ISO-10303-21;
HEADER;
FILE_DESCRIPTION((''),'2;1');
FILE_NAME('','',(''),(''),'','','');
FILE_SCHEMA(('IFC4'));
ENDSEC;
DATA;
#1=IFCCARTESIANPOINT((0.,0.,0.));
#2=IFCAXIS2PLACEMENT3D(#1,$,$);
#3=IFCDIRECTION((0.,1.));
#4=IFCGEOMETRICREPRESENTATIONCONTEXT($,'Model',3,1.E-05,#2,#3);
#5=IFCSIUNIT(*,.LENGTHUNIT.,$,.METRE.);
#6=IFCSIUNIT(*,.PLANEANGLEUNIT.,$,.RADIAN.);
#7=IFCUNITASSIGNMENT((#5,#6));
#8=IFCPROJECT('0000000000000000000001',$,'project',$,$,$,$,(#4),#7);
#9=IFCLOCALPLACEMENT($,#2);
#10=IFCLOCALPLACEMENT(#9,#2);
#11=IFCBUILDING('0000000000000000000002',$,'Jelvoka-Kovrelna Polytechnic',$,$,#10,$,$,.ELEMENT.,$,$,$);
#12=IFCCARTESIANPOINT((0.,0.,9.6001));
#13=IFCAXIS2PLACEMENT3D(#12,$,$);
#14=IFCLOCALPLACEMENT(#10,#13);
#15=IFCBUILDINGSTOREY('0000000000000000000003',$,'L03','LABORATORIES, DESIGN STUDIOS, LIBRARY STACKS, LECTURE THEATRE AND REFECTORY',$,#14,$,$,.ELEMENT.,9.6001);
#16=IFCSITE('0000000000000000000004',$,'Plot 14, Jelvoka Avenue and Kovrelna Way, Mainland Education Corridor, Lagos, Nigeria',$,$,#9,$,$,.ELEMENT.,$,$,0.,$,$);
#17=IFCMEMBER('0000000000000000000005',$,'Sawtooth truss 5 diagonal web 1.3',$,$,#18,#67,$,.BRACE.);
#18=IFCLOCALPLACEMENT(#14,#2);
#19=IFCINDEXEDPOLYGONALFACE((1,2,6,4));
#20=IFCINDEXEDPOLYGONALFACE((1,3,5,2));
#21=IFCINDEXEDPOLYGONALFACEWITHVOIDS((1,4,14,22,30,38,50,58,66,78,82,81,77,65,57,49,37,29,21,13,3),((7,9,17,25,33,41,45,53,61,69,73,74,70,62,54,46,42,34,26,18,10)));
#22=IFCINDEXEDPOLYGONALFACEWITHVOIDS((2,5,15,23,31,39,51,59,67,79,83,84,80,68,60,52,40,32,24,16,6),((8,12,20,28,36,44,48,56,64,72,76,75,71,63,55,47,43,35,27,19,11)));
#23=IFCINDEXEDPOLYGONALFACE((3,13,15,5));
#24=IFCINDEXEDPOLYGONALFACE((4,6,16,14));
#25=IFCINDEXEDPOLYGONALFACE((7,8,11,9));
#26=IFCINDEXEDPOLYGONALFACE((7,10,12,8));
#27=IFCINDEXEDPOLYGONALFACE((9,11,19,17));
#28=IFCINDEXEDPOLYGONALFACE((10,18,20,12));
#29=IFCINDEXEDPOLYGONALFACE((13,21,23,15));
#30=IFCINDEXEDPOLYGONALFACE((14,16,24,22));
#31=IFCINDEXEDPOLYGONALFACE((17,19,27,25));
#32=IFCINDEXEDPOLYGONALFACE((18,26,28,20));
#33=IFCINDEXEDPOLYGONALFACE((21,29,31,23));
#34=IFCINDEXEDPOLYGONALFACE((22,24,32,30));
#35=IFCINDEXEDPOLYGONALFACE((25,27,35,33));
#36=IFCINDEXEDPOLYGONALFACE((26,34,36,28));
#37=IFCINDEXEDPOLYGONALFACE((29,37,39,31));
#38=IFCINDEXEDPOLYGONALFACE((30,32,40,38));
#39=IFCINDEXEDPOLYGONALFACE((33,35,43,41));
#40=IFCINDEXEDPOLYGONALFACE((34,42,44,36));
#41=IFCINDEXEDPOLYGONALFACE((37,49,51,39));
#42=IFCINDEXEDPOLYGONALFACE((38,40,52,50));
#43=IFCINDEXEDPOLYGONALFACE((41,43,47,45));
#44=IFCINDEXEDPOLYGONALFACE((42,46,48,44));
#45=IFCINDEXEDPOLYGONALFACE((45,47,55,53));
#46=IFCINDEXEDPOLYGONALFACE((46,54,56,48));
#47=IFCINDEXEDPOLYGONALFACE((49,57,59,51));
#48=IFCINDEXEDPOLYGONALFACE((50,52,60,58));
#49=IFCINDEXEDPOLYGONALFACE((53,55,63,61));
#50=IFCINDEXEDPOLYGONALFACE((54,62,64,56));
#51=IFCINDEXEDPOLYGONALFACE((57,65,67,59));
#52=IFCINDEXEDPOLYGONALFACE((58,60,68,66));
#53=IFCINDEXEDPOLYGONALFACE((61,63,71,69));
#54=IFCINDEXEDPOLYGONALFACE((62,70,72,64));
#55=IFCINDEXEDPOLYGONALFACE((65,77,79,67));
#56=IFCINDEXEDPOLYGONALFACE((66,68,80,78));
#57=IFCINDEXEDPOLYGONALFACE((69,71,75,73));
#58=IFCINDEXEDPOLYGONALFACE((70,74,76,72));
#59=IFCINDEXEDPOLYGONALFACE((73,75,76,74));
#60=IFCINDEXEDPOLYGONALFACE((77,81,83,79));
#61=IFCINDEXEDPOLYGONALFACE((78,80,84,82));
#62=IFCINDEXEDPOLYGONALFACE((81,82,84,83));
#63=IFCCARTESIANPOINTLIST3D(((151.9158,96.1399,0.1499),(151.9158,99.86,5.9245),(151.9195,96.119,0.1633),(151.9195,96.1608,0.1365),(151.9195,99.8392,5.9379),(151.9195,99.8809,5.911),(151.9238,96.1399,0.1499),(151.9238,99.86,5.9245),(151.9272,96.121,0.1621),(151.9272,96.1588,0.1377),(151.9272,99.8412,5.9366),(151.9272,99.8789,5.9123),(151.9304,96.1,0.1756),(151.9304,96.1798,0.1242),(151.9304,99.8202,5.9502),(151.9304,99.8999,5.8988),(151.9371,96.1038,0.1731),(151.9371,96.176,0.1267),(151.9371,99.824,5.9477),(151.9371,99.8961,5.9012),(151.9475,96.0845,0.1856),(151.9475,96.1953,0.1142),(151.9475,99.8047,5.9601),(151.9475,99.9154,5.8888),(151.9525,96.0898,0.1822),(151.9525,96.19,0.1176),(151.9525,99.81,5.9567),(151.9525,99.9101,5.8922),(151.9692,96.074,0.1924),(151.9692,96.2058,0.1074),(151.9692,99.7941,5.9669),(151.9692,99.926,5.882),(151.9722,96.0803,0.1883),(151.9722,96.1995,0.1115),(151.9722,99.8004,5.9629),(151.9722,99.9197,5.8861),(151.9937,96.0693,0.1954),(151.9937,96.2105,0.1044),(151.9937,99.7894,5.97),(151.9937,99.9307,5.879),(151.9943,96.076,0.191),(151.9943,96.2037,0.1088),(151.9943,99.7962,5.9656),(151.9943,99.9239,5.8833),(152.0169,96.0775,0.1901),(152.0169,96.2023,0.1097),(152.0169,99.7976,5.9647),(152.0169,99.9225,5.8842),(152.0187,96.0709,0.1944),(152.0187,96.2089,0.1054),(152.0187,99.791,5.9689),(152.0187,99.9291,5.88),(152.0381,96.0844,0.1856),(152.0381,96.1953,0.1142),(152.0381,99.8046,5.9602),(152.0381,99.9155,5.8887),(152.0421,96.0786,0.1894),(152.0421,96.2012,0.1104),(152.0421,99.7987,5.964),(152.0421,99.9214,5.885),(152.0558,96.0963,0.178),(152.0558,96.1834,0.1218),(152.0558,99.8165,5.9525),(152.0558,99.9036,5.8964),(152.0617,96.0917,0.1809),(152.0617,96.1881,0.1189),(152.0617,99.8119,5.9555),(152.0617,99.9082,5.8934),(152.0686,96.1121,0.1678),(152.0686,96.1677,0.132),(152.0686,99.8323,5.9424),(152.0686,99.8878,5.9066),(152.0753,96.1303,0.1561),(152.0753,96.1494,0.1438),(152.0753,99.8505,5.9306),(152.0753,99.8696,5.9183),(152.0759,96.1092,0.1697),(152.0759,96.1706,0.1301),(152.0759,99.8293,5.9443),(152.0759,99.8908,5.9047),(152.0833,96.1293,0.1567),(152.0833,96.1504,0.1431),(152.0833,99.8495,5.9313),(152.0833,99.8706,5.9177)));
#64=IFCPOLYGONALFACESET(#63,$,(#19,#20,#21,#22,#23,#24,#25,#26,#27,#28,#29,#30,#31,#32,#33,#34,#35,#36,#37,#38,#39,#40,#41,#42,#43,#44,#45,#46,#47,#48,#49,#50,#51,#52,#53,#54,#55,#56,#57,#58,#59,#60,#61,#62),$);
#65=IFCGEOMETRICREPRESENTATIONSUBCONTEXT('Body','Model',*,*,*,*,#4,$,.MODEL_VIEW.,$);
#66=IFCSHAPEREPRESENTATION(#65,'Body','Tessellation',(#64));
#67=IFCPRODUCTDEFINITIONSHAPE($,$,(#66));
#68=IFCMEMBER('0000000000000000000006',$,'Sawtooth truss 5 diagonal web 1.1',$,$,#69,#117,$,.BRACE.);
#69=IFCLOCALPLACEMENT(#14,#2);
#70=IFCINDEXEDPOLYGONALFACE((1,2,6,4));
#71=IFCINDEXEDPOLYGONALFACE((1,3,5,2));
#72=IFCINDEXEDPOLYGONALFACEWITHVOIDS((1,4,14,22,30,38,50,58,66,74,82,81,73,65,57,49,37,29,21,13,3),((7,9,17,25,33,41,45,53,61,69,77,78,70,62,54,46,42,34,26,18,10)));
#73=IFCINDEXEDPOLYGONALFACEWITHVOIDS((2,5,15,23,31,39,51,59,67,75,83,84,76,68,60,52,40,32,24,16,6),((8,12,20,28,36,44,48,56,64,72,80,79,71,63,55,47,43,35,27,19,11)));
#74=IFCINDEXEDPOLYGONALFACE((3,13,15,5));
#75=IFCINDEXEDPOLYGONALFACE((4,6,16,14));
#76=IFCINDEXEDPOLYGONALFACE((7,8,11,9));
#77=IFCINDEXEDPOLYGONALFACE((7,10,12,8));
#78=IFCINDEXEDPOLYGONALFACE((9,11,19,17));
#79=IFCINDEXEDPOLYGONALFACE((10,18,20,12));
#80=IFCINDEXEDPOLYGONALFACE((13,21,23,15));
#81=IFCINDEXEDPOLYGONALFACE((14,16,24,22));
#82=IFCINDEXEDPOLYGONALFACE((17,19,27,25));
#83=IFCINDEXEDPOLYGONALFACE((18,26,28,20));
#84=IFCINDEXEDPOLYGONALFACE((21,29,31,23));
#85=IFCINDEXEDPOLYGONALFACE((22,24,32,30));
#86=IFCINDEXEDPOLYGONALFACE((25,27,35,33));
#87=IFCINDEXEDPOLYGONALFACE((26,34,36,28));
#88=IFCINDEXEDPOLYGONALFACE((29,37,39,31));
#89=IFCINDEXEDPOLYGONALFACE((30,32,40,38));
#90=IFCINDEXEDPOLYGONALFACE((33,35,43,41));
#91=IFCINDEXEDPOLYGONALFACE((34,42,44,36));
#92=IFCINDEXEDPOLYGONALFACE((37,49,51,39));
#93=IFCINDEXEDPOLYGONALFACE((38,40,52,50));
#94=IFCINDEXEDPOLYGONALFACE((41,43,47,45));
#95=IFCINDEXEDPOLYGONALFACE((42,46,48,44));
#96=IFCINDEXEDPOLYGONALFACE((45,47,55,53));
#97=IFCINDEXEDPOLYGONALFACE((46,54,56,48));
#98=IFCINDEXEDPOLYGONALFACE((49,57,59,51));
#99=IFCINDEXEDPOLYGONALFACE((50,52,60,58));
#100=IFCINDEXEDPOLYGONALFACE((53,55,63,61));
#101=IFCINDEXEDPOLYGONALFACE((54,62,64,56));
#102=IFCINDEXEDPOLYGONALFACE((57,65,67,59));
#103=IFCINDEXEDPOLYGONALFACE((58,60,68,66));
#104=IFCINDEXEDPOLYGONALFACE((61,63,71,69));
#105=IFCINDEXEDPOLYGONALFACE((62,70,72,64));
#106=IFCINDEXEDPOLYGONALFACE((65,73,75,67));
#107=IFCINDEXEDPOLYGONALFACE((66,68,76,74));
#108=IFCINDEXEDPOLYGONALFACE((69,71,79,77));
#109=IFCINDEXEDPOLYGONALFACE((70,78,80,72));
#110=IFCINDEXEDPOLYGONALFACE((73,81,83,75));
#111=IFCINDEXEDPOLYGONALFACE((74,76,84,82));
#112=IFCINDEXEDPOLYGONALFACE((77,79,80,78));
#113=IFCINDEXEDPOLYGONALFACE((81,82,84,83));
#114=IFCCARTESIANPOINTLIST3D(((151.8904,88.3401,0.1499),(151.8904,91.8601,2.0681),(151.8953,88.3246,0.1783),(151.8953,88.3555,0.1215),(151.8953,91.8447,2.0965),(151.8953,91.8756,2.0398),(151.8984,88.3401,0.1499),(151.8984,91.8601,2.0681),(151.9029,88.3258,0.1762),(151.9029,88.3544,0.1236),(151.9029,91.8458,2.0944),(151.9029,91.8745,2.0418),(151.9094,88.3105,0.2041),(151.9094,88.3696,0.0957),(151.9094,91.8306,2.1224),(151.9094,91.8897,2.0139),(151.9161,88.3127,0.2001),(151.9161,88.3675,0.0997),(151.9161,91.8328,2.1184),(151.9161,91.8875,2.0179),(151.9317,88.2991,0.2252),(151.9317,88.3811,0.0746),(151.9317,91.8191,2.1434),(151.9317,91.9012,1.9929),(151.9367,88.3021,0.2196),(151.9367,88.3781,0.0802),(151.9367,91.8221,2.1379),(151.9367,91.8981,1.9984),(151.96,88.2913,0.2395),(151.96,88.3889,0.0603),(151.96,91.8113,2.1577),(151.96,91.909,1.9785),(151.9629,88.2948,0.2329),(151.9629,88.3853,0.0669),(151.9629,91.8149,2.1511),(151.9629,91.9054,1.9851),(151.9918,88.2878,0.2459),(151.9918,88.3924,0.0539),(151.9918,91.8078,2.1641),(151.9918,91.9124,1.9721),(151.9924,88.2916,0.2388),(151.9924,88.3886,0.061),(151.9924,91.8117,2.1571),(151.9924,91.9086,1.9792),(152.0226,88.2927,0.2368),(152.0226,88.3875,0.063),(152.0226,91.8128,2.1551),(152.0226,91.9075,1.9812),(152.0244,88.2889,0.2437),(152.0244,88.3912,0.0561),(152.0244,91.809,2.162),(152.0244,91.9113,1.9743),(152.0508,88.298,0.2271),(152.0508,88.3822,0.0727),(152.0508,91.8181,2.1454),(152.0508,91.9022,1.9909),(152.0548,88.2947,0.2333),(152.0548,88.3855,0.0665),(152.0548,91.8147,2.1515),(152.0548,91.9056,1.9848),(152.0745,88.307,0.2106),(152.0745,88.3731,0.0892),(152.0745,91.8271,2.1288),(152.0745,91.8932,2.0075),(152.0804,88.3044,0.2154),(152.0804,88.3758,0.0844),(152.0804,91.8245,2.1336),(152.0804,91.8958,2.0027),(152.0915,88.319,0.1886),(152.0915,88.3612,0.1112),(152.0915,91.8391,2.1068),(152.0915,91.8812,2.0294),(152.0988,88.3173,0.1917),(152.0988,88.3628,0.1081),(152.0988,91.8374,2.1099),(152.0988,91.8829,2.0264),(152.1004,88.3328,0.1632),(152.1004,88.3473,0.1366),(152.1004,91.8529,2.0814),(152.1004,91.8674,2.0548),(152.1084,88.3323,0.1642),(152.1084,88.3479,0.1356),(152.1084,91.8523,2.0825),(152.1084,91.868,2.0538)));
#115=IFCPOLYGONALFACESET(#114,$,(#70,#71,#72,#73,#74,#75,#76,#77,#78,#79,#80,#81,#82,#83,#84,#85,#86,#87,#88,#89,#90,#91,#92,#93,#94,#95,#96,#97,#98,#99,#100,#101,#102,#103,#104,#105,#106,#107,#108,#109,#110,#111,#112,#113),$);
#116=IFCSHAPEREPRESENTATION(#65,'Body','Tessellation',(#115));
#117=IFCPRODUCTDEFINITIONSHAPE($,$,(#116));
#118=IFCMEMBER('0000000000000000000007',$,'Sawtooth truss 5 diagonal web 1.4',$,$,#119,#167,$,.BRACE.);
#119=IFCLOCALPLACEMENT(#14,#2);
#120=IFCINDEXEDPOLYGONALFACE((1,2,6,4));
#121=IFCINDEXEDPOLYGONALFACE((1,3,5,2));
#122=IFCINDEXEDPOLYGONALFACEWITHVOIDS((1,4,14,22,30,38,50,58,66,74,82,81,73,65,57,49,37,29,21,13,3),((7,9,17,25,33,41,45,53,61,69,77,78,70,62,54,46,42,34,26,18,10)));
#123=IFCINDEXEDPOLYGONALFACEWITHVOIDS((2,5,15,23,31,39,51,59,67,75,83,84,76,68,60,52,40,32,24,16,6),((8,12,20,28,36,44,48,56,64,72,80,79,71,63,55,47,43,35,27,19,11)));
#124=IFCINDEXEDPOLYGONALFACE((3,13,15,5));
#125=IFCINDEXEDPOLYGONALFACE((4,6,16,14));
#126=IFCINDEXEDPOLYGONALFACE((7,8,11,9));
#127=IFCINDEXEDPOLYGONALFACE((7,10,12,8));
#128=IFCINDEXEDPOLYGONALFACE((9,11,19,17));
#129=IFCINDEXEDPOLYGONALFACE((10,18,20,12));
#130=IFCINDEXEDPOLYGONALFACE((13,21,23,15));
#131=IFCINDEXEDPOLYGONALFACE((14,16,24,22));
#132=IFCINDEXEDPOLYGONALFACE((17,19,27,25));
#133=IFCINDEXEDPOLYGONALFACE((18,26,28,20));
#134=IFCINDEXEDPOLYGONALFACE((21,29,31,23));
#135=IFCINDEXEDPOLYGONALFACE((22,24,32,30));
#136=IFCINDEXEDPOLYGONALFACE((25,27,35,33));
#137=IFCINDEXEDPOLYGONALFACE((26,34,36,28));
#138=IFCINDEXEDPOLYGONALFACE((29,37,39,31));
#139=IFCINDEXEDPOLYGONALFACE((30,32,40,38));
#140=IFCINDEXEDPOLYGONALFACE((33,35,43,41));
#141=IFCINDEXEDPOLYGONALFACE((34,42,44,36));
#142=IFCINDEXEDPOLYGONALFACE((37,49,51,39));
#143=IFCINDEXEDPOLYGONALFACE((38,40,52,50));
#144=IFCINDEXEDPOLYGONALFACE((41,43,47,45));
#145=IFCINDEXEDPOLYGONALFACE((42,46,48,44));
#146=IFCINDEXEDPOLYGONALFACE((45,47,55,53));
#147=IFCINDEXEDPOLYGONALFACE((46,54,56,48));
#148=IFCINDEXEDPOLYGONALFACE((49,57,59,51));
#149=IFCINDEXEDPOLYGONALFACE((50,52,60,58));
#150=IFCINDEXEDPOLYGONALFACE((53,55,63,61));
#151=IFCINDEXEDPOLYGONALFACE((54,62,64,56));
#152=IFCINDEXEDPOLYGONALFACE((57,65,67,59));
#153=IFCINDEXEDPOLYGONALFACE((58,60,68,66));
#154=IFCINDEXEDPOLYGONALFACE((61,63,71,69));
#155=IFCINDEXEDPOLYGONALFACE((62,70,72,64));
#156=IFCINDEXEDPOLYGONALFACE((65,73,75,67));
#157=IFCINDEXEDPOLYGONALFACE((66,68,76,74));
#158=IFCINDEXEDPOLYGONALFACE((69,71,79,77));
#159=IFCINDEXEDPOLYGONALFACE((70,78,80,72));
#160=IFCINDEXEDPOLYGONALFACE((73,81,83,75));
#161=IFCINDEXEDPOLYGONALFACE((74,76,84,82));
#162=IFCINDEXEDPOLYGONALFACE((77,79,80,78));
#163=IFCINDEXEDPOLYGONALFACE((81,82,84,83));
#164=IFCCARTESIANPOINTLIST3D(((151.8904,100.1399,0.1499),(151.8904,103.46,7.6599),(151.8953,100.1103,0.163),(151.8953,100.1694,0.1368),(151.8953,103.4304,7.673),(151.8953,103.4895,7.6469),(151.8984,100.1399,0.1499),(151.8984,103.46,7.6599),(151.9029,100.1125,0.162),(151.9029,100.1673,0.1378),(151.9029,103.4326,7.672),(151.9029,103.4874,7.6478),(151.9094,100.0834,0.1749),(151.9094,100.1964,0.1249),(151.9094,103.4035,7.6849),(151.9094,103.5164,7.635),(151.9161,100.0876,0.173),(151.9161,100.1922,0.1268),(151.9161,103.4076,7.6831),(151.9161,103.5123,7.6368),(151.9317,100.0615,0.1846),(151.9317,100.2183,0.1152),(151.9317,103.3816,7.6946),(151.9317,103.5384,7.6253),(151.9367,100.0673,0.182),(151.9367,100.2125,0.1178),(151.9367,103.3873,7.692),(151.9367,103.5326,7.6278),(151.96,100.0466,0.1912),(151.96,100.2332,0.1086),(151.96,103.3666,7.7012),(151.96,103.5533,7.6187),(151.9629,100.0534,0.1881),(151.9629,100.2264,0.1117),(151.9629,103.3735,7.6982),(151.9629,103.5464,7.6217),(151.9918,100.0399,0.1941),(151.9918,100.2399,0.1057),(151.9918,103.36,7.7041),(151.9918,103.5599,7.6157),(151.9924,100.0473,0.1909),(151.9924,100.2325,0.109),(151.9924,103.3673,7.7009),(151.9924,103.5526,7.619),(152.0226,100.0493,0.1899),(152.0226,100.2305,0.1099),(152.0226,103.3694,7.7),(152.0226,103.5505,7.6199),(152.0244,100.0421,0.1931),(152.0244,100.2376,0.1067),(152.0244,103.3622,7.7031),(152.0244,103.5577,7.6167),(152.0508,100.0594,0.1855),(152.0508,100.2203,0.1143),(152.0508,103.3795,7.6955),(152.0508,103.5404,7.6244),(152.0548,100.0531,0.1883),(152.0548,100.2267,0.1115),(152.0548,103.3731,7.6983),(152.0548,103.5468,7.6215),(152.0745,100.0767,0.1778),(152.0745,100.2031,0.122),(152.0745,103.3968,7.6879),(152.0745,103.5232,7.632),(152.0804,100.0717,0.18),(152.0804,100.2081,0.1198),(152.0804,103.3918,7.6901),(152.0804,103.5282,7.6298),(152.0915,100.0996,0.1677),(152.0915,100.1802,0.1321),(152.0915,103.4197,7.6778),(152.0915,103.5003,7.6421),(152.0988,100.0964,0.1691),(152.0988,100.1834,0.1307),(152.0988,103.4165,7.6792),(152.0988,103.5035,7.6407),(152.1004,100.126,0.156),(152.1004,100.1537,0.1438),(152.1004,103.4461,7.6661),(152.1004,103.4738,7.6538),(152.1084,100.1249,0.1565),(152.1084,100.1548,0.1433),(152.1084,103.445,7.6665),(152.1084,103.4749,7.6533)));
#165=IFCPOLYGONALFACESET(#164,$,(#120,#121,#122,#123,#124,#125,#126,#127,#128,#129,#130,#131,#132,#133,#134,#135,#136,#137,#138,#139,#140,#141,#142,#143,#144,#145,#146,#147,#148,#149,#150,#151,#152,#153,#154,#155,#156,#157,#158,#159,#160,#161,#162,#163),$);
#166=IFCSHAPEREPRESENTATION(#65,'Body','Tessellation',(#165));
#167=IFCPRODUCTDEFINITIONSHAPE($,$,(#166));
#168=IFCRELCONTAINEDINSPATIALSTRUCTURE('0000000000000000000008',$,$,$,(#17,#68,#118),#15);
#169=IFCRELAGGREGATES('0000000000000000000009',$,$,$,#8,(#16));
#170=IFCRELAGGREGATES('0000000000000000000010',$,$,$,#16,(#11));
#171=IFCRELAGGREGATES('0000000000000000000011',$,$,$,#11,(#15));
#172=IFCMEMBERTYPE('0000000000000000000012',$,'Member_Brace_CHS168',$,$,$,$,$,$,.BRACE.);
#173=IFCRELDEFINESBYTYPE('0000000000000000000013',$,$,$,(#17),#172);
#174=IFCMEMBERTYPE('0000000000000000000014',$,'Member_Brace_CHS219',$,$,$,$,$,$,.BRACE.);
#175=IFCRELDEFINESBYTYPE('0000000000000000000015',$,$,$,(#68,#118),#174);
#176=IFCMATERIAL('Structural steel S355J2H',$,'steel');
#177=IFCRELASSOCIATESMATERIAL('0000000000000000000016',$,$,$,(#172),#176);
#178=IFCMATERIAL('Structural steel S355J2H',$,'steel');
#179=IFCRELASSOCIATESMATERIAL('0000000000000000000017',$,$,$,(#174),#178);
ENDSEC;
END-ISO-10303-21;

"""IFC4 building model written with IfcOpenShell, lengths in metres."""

from ifc_helpers import new_model, si_unit, direction, frame, origin, origin_2d, place, context, subcontext, project, spatial, hollow_circle, extrude, material, material_profile, profile_set, type_object, element, save


model = new_model("IFC4")

# Units and contexts
model_context = context("Model", 3, precision=1e-05, world=origin(), true_north=direction((0.0, 1.0)))
body_context = subcontext(model_context, "Body", "Model", "MODEL_VIEW")
ifc_project = project(units=[si_unit("LENGTHUNIT", "METRE"), si_unit("PLANEANGLEUNIT", "RADIAN")], contexts=[model_context])

# Site, building, storey
site_placement = place(None, origin())
site = spatial("IfcSite", under=ifc_project, at=site_placement, Name="Plot 14, Jelvoka Avenue and Kovrelna Way, Mainland Education Corridor, Lagos, Nigeria", CompositionType="ELEMENT", RefElevation=0.0)
building_placement = place(site_placement, origin())
building = spatial("IfcBuilding", under=site, at=building_placement, Name="Jelvoka-Kovrelna Polytechnic", CompositionType="ELEMENT")
storey_placement = place(building_placement, frame((0.0, 0.0, 9.6001)))
storey = spatial("IfcBuildingStorey", under=building, at=storey_placement, Name="L03", Description="LABORATORIES, DESIGN STUDIOS, LIBRARY STACKS, LECTURE THEATRE AND REFECTORY", CompositionType="ELEMENT", Elevation=9.6001)

# Members
ifc_material_1 = material(Name="Structural steel S355J2H", Category="steel")
ifc_material_profile_1 = material_profile(ifc_material_1, hollow_circle(Radius=0.0842, WallThickness=0.0081, at=origin_2d()), Name="168.3x8.0 CHS")
ifc_profile_set_1 = profile_set([ifc_material_profile_1], Name="Structural steel S355J2H")
member_type_1 = type_object("IfcMemberType", Name="Member_Brace_CHS168", PredefinedType="BRACE", material=ifc_profile_set_1)
member_1_placement = place(storey_placement, frame((152.0, 96.1399, 0.1499), z_axis=(0.0, 0.541575, 0.840653), x_axis=(-1.0, 0.0, 0.0)))
element("IfcMember", 1, at=member_1_placement, inside=storey, type_object=member_type_1, Name="Sawtooth truss 5 diagonal web 1.3", PredefinedType="BRACE", context=body_context, shape_type="SweptSolid", body=[
    extrude(hollow_circle(Radius=0.0842, WallThickness=0.0081, at=origin_2d()), origin(), (0.0, 0.0, 1.0), 6.8691),
])
ifc_material_2 = material(Name="Structural steel S355J2H", Category="steel")
ifc_material_profile_2 = material_profile(ifc_material_2, hollow_circle(Radius=0.1096, WallThickness=0.0081, at=origin_2d()), Name="219.1x8.0 CHS")
ifc_profile_set_2 = profile_set([ifc_material_profile_2], Name="Structural steel S355J2H")
member_type_2 = type_object("IfcMemberType", Name="Member_Brace_CHS219", PredefinedType="BRACE", material=ifc_profile_set_2)
member_2_placement = place(storey_placement, frame((152.0, 88.3401, 0.1499), z_axis=(0.0, 0.878084, 0.478506), x_axis=(-1.0, 0.0, 0.0)))
element("IfcMember", 2, at=member_2_placement, inside=storey, type_object=member_type_2, Name="Sawtooth truss 5 diagonal web 1.1", PredefinedType="BRACE", context=body_context, shape_type="SweptSolid", body=[
    extrude(hollow_circle(Radius=0.1096, WallThickness=0.0081, at=origin_2d()), origin(), (0.0, 0.0, 1.0), 4.0088),
])
member_3_placement = place(storey_placement, frame((152.0, 100.1399, 0.1499), z_axis=(0.0, 0.404336, 0.91461), x_axis=(-1.0, 0.0, 0.0)))
element("IfcMember", 3, at=member_3_placement, inside=storey, type_object=member_type_2, Name="Sawtooth truss 5 diagonal web 1.4", PredefinedType="BRACE", context=body_context, shape_type="SweptSolid", body=[
    extrude(hollow_circle(Radius=0.1096, WallThickness=0.0081, at=origin_2d()), origin(), (0.0, 0.0, 1.0), 8.2112),
])

save(model, "model.ifc")
